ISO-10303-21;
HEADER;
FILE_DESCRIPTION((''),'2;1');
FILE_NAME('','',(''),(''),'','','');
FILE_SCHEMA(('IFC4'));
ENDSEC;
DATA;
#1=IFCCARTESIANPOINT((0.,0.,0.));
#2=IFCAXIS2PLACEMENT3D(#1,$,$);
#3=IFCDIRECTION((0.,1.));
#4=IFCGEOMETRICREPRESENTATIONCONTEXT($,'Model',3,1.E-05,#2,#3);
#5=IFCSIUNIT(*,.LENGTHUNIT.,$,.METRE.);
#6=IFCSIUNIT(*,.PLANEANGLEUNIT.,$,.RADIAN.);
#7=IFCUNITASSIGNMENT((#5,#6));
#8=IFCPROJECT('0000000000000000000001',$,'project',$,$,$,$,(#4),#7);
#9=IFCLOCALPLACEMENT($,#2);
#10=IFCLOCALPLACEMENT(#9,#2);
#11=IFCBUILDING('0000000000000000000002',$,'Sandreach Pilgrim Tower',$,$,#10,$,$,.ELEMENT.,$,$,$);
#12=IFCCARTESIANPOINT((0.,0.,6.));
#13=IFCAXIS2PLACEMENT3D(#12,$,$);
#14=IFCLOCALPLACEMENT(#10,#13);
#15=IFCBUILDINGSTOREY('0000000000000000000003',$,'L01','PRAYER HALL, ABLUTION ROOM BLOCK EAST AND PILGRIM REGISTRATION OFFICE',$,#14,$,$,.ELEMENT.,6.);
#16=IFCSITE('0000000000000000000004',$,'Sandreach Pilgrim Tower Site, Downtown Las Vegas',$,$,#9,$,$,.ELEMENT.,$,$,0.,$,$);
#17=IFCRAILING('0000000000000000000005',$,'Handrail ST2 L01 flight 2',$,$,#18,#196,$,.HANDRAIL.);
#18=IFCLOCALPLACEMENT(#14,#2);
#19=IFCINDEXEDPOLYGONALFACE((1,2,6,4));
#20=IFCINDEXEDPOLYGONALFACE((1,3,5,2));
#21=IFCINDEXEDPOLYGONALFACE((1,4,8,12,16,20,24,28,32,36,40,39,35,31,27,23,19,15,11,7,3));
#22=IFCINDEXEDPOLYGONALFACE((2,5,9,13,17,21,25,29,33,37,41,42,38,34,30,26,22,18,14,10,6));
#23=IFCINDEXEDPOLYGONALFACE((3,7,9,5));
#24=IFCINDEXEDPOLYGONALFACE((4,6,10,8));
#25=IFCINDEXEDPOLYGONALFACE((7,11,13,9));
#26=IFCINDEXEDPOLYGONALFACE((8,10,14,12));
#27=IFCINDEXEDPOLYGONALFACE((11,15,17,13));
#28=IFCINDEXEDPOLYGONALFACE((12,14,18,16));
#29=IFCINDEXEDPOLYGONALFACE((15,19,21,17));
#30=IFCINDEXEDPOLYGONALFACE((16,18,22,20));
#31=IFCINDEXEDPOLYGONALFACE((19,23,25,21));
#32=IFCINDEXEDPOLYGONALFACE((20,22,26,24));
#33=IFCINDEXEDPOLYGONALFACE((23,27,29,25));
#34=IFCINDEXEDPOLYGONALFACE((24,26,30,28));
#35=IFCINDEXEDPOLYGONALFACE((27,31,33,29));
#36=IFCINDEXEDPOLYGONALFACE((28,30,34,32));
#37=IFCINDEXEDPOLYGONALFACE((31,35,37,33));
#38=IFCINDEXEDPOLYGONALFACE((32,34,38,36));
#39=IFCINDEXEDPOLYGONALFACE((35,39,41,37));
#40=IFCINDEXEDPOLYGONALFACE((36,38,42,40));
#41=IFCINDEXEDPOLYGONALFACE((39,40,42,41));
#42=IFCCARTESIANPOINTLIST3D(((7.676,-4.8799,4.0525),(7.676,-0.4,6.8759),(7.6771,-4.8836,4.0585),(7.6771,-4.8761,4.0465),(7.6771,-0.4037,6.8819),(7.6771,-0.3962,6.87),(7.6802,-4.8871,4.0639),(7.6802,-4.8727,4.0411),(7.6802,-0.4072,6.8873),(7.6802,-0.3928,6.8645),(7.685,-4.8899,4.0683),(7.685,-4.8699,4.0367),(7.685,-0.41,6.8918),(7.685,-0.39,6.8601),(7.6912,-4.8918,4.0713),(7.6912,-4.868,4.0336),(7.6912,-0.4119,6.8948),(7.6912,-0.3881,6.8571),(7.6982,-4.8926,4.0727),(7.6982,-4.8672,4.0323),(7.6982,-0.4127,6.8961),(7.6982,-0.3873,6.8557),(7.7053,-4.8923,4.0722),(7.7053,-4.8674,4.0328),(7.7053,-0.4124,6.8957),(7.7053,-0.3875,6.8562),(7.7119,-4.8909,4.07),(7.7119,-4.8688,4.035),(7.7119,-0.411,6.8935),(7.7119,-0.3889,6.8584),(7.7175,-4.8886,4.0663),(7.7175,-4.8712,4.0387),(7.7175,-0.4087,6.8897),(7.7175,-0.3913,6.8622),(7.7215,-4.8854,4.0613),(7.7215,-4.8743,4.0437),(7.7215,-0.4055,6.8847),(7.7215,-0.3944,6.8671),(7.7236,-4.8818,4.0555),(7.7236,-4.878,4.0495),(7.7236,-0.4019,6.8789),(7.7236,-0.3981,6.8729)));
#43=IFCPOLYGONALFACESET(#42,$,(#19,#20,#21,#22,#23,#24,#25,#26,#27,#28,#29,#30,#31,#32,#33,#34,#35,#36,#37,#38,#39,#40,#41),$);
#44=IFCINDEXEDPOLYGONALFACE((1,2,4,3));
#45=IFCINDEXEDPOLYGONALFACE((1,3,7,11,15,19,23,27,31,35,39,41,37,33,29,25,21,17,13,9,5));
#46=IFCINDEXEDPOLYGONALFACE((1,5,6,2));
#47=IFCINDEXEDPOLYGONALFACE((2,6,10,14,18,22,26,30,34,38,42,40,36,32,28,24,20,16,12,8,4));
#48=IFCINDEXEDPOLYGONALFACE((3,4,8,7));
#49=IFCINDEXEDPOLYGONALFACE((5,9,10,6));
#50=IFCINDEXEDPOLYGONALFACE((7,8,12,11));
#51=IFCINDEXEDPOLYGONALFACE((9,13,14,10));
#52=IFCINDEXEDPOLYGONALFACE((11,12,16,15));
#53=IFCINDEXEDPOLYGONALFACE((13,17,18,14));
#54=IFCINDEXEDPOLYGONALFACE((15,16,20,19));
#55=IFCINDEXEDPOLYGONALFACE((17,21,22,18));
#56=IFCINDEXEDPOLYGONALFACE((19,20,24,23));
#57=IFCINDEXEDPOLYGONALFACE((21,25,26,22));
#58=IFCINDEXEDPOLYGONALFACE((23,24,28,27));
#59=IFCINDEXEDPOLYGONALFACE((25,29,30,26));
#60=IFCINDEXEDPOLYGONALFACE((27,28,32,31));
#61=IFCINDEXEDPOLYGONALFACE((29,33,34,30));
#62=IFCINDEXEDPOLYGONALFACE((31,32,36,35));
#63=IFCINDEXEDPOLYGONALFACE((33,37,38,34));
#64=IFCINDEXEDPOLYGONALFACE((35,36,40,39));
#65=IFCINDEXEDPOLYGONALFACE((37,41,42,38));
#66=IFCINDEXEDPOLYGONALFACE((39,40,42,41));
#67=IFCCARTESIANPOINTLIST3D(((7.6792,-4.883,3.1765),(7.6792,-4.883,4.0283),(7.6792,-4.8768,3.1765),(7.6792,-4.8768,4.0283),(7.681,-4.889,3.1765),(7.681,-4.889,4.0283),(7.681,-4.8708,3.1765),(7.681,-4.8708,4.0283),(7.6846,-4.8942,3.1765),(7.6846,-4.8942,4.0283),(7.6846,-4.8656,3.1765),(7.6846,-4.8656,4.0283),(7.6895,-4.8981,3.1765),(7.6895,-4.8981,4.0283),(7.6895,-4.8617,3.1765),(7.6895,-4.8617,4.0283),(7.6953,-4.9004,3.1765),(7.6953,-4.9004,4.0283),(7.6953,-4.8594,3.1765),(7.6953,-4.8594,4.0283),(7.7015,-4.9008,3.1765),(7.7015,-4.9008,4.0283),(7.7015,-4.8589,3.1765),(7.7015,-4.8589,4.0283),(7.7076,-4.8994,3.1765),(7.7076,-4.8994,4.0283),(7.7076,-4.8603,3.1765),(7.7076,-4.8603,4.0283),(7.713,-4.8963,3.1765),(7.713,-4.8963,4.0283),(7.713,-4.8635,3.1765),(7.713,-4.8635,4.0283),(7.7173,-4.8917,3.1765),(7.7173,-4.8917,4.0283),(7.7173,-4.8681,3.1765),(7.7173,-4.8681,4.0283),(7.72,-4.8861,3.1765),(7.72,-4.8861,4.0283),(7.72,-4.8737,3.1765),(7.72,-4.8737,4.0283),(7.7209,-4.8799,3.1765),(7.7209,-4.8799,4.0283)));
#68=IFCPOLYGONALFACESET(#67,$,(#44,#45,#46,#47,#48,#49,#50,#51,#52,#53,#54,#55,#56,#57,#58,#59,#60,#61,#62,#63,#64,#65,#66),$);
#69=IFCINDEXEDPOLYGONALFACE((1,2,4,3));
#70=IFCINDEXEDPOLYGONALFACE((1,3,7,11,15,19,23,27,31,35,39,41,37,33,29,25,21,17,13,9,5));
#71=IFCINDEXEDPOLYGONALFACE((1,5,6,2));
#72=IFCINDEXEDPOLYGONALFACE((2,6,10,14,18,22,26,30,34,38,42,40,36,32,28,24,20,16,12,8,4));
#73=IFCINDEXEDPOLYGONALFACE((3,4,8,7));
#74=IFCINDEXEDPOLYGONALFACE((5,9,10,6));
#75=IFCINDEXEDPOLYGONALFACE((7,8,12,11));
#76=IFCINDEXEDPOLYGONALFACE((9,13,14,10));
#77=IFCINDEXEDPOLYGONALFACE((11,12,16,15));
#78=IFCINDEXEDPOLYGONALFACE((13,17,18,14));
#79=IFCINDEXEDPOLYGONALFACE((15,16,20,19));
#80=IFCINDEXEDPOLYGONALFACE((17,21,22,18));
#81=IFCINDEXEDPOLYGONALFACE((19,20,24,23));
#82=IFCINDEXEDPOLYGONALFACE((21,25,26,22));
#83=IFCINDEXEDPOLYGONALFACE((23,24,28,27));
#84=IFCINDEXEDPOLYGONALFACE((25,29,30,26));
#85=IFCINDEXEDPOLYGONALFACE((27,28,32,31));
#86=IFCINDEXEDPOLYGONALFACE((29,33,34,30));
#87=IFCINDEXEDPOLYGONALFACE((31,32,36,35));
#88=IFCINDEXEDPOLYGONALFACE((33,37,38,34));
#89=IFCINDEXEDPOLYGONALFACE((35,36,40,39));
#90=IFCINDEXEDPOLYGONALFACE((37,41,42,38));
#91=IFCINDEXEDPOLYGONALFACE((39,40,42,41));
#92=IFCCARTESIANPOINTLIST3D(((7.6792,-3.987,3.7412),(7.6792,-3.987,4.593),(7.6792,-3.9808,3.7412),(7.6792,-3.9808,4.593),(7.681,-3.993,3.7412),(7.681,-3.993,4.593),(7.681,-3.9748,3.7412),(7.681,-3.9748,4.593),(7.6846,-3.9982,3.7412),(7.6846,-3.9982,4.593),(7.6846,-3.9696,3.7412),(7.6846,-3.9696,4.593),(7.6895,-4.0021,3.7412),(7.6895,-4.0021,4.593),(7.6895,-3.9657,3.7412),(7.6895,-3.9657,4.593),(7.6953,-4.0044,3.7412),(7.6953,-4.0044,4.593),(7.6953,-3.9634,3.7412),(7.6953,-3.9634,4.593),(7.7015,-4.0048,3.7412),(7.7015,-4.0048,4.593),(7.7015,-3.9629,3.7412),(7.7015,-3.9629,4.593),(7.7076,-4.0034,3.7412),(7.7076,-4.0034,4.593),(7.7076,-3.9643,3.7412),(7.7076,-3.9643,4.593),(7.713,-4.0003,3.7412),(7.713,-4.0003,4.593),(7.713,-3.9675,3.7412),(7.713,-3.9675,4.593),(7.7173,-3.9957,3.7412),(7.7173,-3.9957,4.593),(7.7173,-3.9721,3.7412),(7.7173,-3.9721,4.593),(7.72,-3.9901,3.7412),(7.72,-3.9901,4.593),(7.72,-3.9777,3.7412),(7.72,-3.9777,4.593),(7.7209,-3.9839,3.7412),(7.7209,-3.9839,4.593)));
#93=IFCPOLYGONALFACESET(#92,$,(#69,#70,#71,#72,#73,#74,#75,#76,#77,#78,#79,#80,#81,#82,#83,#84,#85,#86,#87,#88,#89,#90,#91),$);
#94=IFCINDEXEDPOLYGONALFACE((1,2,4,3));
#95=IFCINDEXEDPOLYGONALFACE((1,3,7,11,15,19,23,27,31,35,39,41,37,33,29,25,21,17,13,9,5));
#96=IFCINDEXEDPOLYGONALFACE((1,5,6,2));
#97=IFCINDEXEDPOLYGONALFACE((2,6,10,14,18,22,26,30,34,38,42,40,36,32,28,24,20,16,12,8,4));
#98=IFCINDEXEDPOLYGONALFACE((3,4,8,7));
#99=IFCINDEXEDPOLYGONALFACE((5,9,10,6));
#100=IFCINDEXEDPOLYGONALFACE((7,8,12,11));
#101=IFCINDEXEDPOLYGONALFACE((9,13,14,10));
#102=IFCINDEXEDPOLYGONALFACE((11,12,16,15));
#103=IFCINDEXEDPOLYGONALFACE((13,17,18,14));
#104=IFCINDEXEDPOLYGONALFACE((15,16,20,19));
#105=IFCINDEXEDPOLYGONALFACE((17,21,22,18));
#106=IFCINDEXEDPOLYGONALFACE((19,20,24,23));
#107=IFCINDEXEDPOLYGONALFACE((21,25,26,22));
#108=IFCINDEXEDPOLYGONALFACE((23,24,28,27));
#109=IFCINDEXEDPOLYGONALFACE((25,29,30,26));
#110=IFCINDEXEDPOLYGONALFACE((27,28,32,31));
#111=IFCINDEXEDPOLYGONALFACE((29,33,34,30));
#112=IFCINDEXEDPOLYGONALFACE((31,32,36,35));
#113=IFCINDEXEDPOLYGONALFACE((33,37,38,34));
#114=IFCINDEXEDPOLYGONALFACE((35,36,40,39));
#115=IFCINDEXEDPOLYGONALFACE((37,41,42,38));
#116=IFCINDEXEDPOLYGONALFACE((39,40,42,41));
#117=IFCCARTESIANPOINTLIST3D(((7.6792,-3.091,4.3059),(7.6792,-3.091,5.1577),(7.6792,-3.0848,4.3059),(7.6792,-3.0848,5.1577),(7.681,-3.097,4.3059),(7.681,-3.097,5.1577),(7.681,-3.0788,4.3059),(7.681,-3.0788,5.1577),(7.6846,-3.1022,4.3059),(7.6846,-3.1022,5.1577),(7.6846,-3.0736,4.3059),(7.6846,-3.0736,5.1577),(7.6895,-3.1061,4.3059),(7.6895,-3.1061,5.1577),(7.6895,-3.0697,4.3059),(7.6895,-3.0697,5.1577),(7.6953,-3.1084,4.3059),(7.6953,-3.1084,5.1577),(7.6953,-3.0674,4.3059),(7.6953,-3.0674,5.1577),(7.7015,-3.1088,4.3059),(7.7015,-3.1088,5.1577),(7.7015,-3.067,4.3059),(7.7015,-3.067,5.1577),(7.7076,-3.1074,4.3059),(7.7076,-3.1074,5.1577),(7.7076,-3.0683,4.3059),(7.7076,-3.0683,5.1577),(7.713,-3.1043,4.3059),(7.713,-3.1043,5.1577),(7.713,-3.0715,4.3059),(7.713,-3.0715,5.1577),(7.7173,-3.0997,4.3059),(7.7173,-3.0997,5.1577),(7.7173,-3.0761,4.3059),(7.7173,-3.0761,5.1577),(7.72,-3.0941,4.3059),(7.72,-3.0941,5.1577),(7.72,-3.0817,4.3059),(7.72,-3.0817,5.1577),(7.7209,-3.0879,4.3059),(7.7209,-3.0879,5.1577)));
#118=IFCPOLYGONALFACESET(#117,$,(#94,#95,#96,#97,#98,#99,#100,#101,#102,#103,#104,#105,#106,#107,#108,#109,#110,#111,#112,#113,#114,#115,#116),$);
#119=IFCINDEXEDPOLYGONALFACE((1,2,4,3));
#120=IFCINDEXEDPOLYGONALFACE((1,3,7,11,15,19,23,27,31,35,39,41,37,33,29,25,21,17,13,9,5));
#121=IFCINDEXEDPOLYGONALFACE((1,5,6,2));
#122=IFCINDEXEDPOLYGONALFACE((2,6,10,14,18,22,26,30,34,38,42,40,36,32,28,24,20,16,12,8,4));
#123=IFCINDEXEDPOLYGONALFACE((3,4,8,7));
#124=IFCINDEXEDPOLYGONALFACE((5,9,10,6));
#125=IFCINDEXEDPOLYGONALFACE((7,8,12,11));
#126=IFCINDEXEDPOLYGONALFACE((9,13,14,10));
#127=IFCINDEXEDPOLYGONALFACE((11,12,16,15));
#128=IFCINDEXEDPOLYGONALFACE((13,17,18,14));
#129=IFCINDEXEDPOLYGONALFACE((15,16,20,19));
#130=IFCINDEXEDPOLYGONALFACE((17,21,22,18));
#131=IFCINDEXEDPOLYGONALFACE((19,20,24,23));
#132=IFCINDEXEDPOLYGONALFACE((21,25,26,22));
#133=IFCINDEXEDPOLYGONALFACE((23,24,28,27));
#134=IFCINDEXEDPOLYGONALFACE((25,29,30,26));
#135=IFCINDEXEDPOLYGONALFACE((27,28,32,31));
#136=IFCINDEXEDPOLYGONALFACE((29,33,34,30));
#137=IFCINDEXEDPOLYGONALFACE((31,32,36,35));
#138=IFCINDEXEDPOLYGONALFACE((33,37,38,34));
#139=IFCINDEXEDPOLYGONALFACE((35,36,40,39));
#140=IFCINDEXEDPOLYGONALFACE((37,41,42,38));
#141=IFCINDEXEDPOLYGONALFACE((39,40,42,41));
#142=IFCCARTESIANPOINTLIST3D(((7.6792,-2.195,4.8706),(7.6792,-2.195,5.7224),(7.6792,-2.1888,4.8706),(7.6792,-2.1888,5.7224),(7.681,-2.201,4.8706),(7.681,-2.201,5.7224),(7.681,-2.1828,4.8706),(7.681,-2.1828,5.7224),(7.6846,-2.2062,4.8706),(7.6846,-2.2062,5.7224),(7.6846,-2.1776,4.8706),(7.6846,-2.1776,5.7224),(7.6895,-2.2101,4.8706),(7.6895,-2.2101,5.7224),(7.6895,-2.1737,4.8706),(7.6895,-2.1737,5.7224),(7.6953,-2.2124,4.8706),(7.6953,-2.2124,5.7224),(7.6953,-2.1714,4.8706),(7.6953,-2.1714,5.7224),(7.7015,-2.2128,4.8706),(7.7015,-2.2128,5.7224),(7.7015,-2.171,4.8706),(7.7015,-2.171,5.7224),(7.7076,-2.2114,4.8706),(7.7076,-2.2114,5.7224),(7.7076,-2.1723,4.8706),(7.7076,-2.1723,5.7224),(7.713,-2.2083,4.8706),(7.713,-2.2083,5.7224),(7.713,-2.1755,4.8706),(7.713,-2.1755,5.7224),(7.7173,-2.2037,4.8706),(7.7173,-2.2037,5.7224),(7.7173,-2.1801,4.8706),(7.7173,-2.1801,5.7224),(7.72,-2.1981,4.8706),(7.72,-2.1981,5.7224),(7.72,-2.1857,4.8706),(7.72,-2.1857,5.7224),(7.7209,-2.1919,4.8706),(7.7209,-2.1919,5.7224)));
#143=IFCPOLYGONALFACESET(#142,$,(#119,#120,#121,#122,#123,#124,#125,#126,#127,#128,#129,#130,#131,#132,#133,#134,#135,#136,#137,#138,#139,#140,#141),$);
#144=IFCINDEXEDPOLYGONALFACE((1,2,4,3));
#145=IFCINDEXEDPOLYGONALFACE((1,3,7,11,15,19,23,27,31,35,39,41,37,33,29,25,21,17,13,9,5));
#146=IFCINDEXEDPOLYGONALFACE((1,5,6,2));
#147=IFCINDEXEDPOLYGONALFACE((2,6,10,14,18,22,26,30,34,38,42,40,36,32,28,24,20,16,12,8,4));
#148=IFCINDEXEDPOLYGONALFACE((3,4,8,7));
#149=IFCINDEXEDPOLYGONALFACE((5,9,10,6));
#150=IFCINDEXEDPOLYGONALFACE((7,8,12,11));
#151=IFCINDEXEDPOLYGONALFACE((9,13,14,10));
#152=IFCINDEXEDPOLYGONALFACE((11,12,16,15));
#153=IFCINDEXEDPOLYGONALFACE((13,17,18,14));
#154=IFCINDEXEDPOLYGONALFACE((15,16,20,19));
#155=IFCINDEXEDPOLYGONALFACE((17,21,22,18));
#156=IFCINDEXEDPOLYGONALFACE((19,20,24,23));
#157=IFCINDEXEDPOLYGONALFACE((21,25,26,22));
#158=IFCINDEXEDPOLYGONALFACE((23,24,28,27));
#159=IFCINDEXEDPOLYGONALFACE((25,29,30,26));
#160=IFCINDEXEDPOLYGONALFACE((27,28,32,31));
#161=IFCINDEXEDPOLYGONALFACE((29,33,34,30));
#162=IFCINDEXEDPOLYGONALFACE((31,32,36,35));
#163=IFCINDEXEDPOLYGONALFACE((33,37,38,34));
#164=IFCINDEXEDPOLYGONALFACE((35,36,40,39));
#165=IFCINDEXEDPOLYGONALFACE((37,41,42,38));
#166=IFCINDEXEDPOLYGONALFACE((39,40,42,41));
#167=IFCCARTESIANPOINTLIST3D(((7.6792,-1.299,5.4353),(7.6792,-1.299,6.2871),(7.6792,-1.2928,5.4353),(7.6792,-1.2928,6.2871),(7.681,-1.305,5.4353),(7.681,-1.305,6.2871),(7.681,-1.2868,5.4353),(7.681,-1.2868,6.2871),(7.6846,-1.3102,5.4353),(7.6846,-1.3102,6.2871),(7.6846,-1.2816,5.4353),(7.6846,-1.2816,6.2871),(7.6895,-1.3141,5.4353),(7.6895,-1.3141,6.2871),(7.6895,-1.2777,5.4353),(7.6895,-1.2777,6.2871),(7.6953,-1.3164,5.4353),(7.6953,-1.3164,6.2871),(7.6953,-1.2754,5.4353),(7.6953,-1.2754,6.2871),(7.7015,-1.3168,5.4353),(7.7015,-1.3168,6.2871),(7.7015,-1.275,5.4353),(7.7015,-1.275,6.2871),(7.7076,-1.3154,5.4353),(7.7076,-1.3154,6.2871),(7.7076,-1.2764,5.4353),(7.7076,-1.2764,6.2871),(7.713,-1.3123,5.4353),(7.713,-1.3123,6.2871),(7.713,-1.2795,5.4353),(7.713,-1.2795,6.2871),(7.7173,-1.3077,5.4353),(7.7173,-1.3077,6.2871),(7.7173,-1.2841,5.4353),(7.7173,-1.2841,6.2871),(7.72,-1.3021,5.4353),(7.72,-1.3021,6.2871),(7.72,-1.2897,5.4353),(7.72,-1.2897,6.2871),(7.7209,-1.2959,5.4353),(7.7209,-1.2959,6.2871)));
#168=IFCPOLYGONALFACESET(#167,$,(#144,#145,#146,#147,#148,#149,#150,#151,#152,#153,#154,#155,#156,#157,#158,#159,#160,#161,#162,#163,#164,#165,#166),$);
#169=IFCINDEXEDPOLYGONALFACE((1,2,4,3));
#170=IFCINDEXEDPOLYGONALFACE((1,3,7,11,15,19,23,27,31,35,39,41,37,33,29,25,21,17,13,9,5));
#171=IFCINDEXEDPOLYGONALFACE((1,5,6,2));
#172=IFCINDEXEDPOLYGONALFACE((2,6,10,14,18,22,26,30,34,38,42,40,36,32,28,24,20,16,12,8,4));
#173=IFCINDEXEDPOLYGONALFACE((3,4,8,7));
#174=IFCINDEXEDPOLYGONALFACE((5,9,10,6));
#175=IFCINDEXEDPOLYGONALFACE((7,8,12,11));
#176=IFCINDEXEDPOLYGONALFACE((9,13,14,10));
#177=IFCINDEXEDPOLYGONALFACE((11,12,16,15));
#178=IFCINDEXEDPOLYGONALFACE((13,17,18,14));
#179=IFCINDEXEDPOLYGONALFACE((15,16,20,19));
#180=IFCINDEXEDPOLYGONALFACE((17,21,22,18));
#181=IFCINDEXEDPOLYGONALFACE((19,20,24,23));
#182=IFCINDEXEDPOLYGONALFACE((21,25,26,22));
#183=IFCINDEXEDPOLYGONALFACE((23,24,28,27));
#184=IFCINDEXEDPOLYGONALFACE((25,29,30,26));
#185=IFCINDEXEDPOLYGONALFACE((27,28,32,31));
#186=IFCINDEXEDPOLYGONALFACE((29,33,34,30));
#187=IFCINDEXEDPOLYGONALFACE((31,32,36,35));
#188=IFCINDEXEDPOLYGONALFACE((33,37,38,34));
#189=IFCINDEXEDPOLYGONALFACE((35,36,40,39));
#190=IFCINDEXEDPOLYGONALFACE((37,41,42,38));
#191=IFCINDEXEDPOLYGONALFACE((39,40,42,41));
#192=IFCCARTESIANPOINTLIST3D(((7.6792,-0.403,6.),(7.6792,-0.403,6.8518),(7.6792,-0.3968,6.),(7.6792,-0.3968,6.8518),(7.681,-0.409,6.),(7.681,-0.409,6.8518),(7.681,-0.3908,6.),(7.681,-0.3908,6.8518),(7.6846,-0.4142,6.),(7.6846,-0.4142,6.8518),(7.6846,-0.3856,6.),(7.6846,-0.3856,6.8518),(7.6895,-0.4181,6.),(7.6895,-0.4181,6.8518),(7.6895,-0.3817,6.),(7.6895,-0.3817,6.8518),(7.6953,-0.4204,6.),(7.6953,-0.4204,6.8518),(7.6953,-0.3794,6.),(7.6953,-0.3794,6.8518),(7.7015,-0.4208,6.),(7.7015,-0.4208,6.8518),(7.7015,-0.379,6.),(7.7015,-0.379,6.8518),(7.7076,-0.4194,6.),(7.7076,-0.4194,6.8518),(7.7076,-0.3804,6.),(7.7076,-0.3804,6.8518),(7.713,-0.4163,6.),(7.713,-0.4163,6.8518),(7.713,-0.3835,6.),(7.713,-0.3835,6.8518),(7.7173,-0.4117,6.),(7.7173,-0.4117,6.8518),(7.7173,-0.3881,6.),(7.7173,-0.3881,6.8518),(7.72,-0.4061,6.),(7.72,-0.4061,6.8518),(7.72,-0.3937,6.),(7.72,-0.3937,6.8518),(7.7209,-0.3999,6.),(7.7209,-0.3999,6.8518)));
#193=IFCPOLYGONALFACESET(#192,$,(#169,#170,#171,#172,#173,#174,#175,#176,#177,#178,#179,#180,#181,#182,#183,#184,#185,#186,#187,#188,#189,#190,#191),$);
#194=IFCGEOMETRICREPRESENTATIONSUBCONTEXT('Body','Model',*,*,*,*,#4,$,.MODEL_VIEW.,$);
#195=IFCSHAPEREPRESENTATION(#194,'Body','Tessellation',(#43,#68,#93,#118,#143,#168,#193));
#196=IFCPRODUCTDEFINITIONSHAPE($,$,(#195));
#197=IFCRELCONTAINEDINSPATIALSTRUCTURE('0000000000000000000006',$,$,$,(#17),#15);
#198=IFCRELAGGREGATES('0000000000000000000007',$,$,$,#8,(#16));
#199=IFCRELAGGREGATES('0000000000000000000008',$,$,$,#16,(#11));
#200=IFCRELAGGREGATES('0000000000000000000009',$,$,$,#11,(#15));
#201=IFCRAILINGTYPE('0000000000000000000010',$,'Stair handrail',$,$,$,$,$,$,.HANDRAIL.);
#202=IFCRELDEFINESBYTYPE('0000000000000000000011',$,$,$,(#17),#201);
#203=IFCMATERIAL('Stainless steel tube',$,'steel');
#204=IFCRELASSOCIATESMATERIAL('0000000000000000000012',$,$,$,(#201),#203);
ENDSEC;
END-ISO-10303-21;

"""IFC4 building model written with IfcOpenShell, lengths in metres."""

from ifc_helpers import new_model, si_unit, direction, frame, origin, origin_2d, place, context, subcontext, project, spatial, circle, extrude, material, type_object, element, save


model = new_model("IFC4")

# Units and contexts
model_context = context("Model", 3, precision=1e-05, world=origin(), true_north=direction((0.0, 1.0)))
body_context = subcontext(model_context, "Body", "Model", "MODEL_VIEW")
ifc_project = project(units=[si_unit("LENGTHUNIT", "METRE"), si_unit("PLANEANGLEUNIT", "RADIAN")], contexts=[model_context])

# Site, building, storey
site_placement = place(None, origin())
site = spatial("IfcSite", under=ifc_project, at=site_placement, Name="Sandreach Pilgrim Tower Site, Downtown Las Vegas", CompositionType="ELEMENT", RefElevation=0.0)
building_placement = place(site_placement, origin())
building = spatial("IfcBuilding", under=site, at=building_placement, Name="Sandreach Pilgrim Tower", CompositionType="ELEMENT")
storey_placement = place(building_placement, frame((0.0, 0.0, 6.0)))
storey = spatial("IfcBuildingStorey", under=building, at=storey_placement, Name="L01", Description="PRAYER HALL, ABLUTION ROOM BLOCK EAST AND PILGRIM REGISTRATION OFFICE", CompositionType="ELEMENT", Elevation=6.0)

# Railing
ifc_material_1 = material(Name="Stainless steel tube", Category="steel")
railing_type = type_object("IfcRailingType", Name="Stair handrail", PredefinedType="HANDRAIL", material=ifc_material_1)
for number, where, name in (
    (1, (7.7, -4.8799, 3.1765), "Handrail ST2 L01 flight 2"),
):
    element("IfcRailing", number, at=place(storey_placement, frame(where)), inside=storey, type_object=railing_type, Name=name, PredefinedType="HANDRAIL", context=body_context, shape_type="SweptSolid", body=[
        extrude(circle(Radius=0.0239, at=origin_2d()), frame((0.0, 0.0, 0.876), z_axis=(0.0, 0.845998, 0.533186), x_axis=(-1.0, 0.0, 0.0)), (0.0, 0.0, 1.0), 5.2954),
        extrude(circle(Radius=0.021, at=origin_2d()), origin(), (0.0, 0.0, 1.0), 0.8518),
        extrude(circle(Radius=0.021, at=origin_2d()), frame((0.0, 0.896, 0.5647)), (0.0, 0.0, 1.0), 0.8518),
        extrude(circle(Radius=0.021, at=origin_2d()), frame((0.0, 1.792, 1.1294)), (0.0, 0.0, 1.0), 0.8518),
        extrude(circle(Radius=0.021, at=origin_2d()), frame((0.0, 2.688, 1.6941)), (0.0, 0.0, 1.0), 0.8518),
        extrude(circle(Radius=0.021, at=origin_2d()), frame((0.0, 3.584, 2.2588)), (0.0, 0.0, 1.0), 0.8518),
        extrude(circle(Radius=0.021, at=origin_2d()), frame((0.0, 4.48, 2.8235)), (0.0, 0.0, 1.0), 0.8518),
    ])

save(model, "model.ifc")
